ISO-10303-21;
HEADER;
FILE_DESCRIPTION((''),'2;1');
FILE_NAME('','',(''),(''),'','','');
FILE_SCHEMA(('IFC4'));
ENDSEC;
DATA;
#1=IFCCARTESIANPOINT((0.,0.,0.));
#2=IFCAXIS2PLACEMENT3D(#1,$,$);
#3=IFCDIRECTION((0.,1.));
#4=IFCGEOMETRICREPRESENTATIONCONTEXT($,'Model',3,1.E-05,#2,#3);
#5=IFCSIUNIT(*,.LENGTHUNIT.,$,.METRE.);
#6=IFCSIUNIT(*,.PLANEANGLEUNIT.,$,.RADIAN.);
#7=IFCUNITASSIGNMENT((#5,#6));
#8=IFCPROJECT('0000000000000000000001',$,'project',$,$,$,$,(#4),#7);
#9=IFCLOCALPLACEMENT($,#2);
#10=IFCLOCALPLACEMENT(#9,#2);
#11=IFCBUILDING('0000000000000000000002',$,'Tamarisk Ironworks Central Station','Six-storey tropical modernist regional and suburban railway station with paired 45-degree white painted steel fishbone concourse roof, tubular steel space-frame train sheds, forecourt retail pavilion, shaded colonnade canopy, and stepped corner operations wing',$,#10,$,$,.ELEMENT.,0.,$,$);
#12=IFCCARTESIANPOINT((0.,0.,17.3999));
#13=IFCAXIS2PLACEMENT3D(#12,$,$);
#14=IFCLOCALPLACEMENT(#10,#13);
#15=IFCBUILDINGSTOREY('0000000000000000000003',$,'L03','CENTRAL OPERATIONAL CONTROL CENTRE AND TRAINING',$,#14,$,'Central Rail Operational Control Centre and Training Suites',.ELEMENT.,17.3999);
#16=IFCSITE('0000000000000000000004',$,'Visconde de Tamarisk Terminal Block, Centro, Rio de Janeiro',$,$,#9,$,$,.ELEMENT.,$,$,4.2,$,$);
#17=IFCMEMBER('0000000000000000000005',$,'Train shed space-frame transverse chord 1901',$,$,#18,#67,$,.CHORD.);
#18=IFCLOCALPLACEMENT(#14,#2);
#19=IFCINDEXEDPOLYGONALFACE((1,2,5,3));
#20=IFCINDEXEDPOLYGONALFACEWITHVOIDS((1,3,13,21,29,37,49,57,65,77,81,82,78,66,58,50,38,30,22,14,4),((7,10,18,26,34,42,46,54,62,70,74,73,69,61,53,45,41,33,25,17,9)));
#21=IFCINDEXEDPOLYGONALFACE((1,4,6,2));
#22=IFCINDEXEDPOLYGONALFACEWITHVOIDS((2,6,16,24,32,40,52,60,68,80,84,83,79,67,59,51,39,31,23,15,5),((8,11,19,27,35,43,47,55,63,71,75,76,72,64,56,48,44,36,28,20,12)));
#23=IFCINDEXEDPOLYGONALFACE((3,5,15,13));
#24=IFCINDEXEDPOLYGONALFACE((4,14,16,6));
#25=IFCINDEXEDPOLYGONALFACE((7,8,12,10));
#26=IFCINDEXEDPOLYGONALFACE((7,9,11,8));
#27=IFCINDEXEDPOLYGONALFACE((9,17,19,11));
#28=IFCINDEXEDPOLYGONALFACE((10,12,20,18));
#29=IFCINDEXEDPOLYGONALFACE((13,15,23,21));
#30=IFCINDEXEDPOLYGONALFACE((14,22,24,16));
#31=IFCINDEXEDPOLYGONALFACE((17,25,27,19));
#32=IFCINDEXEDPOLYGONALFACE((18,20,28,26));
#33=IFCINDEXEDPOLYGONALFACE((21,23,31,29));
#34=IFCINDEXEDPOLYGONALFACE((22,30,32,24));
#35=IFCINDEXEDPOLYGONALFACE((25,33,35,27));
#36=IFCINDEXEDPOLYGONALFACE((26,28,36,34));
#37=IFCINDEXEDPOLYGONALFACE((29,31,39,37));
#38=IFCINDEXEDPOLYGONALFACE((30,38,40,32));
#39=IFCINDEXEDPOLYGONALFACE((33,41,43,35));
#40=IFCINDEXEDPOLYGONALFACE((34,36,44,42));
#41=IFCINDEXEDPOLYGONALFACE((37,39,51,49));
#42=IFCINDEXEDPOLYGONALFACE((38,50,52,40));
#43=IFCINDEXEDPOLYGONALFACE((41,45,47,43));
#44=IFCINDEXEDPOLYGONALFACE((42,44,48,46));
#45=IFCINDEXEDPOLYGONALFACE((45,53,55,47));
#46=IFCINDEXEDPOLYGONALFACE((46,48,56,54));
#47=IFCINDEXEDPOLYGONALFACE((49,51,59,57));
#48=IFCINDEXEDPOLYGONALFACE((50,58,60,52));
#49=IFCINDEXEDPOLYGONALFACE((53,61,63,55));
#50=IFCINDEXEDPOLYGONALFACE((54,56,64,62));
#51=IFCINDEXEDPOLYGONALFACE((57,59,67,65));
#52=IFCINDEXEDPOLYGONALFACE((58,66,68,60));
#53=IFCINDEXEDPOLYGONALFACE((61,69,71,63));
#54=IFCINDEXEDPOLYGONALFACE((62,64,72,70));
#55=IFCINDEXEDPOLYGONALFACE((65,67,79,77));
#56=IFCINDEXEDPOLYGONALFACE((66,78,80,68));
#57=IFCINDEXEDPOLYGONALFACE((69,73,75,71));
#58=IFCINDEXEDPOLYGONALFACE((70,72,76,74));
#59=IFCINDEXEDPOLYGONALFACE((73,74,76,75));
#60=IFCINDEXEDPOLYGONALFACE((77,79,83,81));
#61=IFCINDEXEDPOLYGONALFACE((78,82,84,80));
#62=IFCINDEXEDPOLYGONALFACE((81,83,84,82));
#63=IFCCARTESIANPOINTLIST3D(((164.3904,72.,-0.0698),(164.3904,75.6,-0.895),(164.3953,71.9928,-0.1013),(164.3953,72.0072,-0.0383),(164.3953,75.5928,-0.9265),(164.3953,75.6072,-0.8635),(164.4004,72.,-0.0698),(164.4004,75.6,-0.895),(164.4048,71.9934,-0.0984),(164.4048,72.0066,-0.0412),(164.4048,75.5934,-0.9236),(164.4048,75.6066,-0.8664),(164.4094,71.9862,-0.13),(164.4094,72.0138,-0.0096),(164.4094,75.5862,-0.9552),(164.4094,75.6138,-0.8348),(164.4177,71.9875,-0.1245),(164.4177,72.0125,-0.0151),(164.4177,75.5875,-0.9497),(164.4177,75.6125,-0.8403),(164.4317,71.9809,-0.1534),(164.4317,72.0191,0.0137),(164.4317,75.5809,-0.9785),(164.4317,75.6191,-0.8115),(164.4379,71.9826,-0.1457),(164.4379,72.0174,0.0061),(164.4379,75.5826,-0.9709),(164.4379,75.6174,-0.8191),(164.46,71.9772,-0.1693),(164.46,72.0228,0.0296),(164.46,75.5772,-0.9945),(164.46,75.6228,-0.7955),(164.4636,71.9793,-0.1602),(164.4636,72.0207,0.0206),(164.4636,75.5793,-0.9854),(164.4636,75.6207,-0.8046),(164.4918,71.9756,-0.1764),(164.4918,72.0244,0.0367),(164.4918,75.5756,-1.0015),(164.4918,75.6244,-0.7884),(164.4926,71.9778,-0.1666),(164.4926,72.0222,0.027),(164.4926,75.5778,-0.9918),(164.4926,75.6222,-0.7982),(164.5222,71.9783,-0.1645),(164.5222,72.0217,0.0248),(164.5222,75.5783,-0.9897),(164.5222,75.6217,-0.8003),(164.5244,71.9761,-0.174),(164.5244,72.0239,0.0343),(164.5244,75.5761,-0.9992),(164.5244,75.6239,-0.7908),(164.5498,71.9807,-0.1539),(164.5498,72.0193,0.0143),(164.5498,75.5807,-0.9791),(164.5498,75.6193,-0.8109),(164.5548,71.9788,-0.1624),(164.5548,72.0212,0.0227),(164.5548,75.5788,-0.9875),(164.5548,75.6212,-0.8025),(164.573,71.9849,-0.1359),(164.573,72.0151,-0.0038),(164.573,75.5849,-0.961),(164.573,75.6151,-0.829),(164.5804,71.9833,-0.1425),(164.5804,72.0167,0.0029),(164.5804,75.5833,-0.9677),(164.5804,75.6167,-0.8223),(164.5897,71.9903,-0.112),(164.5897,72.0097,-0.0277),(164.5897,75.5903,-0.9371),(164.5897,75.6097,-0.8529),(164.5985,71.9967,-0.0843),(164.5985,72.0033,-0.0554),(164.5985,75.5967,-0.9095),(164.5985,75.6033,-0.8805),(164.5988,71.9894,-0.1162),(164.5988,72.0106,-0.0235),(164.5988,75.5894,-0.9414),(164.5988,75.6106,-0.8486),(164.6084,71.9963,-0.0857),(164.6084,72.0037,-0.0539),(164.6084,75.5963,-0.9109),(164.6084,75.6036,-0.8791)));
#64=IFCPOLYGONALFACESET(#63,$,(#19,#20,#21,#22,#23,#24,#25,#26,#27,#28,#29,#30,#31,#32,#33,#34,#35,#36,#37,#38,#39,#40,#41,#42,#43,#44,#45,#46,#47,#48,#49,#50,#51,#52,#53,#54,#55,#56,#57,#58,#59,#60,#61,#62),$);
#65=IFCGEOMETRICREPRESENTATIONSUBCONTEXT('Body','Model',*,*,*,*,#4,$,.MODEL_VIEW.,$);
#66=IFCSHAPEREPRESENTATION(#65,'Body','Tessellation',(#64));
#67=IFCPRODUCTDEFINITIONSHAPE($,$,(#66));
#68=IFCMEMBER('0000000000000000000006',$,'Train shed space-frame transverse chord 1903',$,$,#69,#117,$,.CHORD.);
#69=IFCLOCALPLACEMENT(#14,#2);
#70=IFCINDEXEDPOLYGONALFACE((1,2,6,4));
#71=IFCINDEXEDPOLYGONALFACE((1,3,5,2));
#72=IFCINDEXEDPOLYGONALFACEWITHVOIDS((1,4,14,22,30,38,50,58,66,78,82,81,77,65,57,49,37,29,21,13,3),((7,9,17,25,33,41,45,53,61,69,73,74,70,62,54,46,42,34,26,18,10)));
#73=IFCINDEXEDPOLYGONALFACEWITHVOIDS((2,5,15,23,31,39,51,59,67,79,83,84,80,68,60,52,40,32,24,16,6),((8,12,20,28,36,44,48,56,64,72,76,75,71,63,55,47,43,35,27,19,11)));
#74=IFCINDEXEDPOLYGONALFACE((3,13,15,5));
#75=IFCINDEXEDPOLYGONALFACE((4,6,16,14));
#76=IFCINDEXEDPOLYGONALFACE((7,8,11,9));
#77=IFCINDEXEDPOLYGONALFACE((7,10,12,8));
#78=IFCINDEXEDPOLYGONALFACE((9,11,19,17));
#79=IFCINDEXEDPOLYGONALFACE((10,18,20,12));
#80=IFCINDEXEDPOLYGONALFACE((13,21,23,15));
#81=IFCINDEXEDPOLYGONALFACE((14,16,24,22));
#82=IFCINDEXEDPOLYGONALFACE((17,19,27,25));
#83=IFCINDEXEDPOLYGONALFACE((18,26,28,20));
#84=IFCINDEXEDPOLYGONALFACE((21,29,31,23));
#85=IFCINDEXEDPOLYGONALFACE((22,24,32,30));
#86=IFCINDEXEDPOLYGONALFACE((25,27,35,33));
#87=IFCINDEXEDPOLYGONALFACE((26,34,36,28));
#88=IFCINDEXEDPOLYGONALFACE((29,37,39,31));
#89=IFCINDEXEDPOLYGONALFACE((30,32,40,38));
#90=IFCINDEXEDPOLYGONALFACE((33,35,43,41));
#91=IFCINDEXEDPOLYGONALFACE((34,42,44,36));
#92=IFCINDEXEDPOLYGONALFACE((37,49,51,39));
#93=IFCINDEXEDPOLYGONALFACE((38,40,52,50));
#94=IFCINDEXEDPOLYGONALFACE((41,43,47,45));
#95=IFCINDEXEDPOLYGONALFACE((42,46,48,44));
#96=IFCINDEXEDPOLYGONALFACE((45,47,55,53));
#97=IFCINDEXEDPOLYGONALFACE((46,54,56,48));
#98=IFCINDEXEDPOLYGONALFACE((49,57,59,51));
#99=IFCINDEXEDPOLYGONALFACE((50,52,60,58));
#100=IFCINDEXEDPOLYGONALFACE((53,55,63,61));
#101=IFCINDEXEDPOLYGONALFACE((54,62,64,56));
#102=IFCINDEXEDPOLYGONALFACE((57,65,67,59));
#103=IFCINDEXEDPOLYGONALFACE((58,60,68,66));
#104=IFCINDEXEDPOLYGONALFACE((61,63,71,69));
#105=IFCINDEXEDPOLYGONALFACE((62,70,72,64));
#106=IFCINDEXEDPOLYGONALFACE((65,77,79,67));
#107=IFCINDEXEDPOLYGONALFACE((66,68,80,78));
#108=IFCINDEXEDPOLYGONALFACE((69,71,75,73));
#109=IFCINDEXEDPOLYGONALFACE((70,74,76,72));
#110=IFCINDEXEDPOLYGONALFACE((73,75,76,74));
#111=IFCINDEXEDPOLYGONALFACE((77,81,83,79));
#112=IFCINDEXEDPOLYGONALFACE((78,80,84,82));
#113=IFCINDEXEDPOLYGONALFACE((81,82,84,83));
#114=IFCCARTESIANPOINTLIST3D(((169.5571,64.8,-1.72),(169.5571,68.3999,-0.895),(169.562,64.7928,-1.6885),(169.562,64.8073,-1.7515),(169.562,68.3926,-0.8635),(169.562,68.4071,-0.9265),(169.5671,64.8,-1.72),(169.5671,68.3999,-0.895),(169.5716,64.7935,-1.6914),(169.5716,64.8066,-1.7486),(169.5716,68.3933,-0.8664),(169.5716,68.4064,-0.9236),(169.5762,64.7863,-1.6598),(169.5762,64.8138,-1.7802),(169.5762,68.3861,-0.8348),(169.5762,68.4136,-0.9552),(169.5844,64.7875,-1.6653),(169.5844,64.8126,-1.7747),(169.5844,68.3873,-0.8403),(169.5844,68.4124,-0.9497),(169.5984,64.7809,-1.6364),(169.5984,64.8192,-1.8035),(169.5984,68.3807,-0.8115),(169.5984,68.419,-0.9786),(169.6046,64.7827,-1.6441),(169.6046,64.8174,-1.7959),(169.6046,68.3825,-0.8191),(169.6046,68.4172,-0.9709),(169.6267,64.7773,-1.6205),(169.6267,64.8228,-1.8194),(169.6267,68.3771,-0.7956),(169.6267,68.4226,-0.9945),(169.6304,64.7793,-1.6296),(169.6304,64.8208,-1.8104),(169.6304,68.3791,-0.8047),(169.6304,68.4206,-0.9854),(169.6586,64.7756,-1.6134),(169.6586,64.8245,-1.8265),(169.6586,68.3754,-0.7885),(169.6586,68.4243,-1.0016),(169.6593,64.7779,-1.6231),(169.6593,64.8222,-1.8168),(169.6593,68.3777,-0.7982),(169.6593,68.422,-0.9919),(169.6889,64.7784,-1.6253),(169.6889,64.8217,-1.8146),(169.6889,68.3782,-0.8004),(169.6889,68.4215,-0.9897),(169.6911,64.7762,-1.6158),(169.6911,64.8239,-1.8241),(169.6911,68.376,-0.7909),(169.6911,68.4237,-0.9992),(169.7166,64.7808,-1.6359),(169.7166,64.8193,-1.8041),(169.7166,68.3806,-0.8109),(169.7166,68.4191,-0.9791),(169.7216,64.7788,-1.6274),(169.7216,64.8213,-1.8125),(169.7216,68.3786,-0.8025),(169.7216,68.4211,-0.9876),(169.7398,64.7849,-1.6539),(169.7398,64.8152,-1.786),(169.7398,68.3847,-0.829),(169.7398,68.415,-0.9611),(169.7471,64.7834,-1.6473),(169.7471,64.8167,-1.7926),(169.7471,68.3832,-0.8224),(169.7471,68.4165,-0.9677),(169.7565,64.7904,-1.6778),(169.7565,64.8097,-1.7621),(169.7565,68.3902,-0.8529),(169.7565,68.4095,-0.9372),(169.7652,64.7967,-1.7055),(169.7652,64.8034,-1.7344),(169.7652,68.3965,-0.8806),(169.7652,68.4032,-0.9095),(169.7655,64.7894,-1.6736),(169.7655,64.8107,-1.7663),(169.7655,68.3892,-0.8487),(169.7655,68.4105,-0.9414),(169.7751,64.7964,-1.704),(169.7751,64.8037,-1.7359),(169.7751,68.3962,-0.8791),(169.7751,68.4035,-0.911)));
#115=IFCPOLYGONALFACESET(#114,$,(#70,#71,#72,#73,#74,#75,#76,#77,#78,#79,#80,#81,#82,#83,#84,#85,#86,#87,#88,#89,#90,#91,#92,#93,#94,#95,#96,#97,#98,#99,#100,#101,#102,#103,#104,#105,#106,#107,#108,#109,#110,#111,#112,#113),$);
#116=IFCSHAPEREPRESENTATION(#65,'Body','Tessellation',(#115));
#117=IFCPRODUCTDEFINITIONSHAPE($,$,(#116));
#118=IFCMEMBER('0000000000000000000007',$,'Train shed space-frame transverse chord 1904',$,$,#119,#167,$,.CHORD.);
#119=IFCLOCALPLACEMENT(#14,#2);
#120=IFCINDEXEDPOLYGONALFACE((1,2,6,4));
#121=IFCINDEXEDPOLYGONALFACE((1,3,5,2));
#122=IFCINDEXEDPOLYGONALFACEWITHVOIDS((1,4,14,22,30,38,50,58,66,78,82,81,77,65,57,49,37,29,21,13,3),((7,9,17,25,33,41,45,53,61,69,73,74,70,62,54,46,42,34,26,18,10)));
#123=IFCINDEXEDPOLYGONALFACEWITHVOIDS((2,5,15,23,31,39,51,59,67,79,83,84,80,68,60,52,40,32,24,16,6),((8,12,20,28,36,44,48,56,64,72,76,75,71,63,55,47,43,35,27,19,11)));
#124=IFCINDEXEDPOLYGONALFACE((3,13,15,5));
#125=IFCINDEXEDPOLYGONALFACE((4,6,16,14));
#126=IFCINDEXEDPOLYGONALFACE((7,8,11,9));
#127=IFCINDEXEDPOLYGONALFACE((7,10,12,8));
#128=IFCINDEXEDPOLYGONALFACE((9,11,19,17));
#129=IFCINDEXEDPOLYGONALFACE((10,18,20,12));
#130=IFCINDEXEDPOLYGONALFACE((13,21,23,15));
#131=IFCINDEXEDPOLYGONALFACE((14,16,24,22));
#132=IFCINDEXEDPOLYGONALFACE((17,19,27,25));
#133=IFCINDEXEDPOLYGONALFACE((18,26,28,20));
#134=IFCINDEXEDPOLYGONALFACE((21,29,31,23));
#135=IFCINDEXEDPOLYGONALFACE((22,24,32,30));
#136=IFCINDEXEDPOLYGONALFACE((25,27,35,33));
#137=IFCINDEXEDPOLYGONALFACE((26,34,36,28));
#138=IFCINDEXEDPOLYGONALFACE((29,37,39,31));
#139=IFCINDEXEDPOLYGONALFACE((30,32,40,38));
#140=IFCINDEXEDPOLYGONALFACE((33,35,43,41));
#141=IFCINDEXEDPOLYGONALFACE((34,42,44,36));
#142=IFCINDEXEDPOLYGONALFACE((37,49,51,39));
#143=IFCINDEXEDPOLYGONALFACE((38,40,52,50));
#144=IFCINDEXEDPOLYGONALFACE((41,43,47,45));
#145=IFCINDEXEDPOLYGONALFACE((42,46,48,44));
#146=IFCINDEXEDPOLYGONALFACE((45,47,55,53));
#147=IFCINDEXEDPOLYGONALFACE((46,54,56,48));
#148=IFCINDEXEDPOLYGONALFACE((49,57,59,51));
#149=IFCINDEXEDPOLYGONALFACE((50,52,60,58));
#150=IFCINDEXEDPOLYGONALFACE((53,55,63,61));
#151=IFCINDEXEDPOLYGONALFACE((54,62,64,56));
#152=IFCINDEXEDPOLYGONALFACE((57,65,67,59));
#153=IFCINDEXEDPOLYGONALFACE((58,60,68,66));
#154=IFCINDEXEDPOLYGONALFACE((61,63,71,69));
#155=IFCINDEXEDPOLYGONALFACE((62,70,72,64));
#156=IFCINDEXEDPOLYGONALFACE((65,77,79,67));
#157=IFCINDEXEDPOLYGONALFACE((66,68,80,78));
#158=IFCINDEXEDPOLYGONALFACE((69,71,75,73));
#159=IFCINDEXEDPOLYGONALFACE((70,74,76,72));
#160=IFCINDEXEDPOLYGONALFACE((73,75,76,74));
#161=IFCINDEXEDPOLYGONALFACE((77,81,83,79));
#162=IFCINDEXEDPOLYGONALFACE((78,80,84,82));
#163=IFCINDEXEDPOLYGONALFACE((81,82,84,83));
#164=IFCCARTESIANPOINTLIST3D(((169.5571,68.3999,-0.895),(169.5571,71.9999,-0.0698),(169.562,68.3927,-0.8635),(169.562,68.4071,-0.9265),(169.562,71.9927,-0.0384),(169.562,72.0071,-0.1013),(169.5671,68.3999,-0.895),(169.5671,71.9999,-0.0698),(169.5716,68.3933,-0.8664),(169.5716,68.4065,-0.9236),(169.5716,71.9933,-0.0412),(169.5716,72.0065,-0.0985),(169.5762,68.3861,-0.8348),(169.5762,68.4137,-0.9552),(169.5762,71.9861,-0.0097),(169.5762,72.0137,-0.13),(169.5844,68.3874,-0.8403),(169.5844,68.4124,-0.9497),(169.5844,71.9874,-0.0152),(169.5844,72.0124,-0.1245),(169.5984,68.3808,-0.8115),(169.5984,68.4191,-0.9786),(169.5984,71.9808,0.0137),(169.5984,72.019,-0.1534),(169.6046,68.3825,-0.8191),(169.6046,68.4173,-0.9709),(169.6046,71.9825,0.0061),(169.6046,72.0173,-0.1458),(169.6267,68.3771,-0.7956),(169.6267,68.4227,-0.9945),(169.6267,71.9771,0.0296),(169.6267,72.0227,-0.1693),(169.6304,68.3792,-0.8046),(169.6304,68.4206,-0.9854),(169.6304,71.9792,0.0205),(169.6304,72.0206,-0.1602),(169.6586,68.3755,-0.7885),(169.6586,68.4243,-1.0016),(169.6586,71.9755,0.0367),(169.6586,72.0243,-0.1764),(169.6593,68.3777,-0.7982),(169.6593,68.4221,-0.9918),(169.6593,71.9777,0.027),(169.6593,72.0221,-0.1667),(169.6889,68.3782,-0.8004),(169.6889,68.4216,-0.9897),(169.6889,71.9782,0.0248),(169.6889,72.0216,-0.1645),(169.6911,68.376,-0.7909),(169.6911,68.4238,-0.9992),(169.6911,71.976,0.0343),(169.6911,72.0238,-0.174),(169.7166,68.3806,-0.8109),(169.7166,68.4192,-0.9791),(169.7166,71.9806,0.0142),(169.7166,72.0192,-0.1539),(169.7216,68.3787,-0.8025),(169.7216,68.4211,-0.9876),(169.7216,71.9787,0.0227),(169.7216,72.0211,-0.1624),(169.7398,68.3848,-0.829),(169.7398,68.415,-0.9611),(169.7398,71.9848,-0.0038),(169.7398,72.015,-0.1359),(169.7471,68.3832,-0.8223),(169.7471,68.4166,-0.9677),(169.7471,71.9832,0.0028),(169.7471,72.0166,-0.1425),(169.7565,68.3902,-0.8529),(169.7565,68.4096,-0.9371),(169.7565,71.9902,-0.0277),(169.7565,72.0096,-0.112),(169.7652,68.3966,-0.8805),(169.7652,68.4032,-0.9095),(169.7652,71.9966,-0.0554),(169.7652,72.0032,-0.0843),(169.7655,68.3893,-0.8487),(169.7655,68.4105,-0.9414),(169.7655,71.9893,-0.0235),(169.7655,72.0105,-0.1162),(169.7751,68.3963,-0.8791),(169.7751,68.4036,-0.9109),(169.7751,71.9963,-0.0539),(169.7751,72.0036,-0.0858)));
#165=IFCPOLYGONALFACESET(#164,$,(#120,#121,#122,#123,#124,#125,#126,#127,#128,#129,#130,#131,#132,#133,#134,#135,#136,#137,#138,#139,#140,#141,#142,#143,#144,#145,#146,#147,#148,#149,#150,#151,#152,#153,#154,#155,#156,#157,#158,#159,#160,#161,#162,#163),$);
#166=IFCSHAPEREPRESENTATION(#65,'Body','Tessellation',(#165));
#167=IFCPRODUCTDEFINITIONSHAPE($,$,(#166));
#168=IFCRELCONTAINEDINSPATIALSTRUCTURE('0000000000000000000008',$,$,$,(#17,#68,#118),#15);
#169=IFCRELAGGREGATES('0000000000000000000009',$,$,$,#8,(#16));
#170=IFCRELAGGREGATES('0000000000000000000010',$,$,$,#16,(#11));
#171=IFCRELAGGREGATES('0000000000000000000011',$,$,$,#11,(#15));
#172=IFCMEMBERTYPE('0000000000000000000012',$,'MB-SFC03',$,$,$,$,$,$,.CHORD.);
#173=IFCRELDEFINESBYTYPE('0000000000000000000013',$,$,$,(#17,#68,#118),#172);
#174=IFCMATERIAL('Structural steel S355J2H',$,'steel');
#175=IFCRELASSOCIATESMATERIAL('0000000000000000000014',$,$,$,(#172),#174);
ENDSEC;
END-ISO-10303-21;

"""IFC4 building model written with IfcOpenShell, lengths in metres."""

from ifc_helpers import new_model, si_unit, direction, frame, origin, origin_2d, place, context, subcontext, project, spatial, hollow_circle, extrude, material, material_profile, profile_set, type_object, element, save


model = new_model("IFC4")

# Units and contexts
model_context = context("Model", 3, precision=1e-05, world=origin(), true_north=direction((0.0, 1.0)))
body_context = subcontext(model_context, "Body", "Model", "MODEL_VIEW")
ifc_project = project(units=[si_unit("LENGTHUNIT", "METRE"), si_unit("PLANEANGLEUNIT", "RADIAN")], contexts=[model_context])

# Site, building, storey
site_placement = place(None, origin())
site = spatial("IfcSite", under=ifc_project, at=site_placement, Name="Visconde de Tamarisk Terminal Block, Centro, Rio de Janeiro", CompositionType="ELEMENT", RefElevation=4.2)
building_placement = place(site_placement, origin())
building = spatial("IfcBuilding", under=site, at=building_placement, Name="Tamarisk Ironworks Central Station", Description="Six-storey tropical modernist regional and suburban railway station with paired 45-degree white painted steel fishbone concourse roof, tubular steel space-frame train sheds, forecourt retail pavilion, shaded colonnade canopy, and stepped corner operations wing", CompositionType="ELEMENT", ElevationOfRefHeight=0.0)
storey_placement = place(building_placement, frame((0.0, 0.0, 17.3999)))
storey = spatial("IfcBuildingStorey", under=building, at=storey_placement, Name="L03", Description="CENTRAL OPERATIONAL CONTROL CENTRE AND TRAINING", LongName="Central Rail Operational Control Centre and Training Suites", CompositionType="ELEMENT", Elevation=17.3999)

# Members
ifc_material_1 = material(Name="Structural steel S355J2H", Category="steel")
ifc_material_profile_1 = material_profile(ifc_material_1, hollow_circle(Radius=0.1096, WallThickness=0.01, at=origin_2d()), Name="CHS 219.1x10")
ifc_profile_set_1 = profile_set([ifc_material_profile_1], Name="Structural steel S355J2H")
member_type_1 = type_object("IfcMemberType", Name="MB-SFC03", PredefinedType="CHORD", material=ifc_profile_set_1)
for number, where, z_axis, x_axis, name in (
    (1, (164.5, 72.0, -0.0698), (0.0, 0.974722, -0.223421), (-1.0, 0.0, 0.0), "Train shed space-frame transverse chord 1901"),
):
    element("IfcMember", number, at=place(storey_placement, frame(where, z_axis=z_axis, x_axis=x_axis)), inside=storey, type_object=member_type_1, Name=name, PredefinedType="CHORD", context=body_context, shape_type="SweptSolid", body=[
        extrude(hollow_circle(Radius=0.1096, WallThickness=0.01, at=origin_2d()), origin(), (0.0, 0.0, 1.0), 3.6934),
    ])
member_1_placement = place(storey_placement, frame((169.6667, 64.8, -1.72), z_axis=(0.0, 0.974733, 0.223372), x_axis=(-1.0, 0.0, 0.0)))
element("IfcMember", 2, at=member_1_placement, inside=storey, type_object=member_type_1, Name="Train shed space-frame transverse chord 1903", PredefinedType="CHORD", context=body_context, shape_type="SweptSolid", body=[
    extrude(hollow_circle(Radius=0.1096, WallThickness=0.01, at=origin_2d()), origin(), (0.0, 0.0, 1.0), 3.6931),
])
member_2_placement = place(storey_placement, frame((169.6667, 68.3999, -0.895), z_axis=(0.0, 0.974722, 0.223421), x_axis=(-1.0, 0.0, 0.0)))
element("IfcMember", 3, at=member_2_placement, inside=storey, type_object=member_type_1, Name="Train shed space-frame transverse chord 1904", PredefinedType="CHORD", context=body_context, shape_type="SweptSolid", body=[
    extrude(hollow_circle(Radius=0.1096, WallThickness=0.01, at=origin_2d()), origin(), (0.0, 0.0, 1.0), 3.6934),
])

save(model, "model.ifc")
